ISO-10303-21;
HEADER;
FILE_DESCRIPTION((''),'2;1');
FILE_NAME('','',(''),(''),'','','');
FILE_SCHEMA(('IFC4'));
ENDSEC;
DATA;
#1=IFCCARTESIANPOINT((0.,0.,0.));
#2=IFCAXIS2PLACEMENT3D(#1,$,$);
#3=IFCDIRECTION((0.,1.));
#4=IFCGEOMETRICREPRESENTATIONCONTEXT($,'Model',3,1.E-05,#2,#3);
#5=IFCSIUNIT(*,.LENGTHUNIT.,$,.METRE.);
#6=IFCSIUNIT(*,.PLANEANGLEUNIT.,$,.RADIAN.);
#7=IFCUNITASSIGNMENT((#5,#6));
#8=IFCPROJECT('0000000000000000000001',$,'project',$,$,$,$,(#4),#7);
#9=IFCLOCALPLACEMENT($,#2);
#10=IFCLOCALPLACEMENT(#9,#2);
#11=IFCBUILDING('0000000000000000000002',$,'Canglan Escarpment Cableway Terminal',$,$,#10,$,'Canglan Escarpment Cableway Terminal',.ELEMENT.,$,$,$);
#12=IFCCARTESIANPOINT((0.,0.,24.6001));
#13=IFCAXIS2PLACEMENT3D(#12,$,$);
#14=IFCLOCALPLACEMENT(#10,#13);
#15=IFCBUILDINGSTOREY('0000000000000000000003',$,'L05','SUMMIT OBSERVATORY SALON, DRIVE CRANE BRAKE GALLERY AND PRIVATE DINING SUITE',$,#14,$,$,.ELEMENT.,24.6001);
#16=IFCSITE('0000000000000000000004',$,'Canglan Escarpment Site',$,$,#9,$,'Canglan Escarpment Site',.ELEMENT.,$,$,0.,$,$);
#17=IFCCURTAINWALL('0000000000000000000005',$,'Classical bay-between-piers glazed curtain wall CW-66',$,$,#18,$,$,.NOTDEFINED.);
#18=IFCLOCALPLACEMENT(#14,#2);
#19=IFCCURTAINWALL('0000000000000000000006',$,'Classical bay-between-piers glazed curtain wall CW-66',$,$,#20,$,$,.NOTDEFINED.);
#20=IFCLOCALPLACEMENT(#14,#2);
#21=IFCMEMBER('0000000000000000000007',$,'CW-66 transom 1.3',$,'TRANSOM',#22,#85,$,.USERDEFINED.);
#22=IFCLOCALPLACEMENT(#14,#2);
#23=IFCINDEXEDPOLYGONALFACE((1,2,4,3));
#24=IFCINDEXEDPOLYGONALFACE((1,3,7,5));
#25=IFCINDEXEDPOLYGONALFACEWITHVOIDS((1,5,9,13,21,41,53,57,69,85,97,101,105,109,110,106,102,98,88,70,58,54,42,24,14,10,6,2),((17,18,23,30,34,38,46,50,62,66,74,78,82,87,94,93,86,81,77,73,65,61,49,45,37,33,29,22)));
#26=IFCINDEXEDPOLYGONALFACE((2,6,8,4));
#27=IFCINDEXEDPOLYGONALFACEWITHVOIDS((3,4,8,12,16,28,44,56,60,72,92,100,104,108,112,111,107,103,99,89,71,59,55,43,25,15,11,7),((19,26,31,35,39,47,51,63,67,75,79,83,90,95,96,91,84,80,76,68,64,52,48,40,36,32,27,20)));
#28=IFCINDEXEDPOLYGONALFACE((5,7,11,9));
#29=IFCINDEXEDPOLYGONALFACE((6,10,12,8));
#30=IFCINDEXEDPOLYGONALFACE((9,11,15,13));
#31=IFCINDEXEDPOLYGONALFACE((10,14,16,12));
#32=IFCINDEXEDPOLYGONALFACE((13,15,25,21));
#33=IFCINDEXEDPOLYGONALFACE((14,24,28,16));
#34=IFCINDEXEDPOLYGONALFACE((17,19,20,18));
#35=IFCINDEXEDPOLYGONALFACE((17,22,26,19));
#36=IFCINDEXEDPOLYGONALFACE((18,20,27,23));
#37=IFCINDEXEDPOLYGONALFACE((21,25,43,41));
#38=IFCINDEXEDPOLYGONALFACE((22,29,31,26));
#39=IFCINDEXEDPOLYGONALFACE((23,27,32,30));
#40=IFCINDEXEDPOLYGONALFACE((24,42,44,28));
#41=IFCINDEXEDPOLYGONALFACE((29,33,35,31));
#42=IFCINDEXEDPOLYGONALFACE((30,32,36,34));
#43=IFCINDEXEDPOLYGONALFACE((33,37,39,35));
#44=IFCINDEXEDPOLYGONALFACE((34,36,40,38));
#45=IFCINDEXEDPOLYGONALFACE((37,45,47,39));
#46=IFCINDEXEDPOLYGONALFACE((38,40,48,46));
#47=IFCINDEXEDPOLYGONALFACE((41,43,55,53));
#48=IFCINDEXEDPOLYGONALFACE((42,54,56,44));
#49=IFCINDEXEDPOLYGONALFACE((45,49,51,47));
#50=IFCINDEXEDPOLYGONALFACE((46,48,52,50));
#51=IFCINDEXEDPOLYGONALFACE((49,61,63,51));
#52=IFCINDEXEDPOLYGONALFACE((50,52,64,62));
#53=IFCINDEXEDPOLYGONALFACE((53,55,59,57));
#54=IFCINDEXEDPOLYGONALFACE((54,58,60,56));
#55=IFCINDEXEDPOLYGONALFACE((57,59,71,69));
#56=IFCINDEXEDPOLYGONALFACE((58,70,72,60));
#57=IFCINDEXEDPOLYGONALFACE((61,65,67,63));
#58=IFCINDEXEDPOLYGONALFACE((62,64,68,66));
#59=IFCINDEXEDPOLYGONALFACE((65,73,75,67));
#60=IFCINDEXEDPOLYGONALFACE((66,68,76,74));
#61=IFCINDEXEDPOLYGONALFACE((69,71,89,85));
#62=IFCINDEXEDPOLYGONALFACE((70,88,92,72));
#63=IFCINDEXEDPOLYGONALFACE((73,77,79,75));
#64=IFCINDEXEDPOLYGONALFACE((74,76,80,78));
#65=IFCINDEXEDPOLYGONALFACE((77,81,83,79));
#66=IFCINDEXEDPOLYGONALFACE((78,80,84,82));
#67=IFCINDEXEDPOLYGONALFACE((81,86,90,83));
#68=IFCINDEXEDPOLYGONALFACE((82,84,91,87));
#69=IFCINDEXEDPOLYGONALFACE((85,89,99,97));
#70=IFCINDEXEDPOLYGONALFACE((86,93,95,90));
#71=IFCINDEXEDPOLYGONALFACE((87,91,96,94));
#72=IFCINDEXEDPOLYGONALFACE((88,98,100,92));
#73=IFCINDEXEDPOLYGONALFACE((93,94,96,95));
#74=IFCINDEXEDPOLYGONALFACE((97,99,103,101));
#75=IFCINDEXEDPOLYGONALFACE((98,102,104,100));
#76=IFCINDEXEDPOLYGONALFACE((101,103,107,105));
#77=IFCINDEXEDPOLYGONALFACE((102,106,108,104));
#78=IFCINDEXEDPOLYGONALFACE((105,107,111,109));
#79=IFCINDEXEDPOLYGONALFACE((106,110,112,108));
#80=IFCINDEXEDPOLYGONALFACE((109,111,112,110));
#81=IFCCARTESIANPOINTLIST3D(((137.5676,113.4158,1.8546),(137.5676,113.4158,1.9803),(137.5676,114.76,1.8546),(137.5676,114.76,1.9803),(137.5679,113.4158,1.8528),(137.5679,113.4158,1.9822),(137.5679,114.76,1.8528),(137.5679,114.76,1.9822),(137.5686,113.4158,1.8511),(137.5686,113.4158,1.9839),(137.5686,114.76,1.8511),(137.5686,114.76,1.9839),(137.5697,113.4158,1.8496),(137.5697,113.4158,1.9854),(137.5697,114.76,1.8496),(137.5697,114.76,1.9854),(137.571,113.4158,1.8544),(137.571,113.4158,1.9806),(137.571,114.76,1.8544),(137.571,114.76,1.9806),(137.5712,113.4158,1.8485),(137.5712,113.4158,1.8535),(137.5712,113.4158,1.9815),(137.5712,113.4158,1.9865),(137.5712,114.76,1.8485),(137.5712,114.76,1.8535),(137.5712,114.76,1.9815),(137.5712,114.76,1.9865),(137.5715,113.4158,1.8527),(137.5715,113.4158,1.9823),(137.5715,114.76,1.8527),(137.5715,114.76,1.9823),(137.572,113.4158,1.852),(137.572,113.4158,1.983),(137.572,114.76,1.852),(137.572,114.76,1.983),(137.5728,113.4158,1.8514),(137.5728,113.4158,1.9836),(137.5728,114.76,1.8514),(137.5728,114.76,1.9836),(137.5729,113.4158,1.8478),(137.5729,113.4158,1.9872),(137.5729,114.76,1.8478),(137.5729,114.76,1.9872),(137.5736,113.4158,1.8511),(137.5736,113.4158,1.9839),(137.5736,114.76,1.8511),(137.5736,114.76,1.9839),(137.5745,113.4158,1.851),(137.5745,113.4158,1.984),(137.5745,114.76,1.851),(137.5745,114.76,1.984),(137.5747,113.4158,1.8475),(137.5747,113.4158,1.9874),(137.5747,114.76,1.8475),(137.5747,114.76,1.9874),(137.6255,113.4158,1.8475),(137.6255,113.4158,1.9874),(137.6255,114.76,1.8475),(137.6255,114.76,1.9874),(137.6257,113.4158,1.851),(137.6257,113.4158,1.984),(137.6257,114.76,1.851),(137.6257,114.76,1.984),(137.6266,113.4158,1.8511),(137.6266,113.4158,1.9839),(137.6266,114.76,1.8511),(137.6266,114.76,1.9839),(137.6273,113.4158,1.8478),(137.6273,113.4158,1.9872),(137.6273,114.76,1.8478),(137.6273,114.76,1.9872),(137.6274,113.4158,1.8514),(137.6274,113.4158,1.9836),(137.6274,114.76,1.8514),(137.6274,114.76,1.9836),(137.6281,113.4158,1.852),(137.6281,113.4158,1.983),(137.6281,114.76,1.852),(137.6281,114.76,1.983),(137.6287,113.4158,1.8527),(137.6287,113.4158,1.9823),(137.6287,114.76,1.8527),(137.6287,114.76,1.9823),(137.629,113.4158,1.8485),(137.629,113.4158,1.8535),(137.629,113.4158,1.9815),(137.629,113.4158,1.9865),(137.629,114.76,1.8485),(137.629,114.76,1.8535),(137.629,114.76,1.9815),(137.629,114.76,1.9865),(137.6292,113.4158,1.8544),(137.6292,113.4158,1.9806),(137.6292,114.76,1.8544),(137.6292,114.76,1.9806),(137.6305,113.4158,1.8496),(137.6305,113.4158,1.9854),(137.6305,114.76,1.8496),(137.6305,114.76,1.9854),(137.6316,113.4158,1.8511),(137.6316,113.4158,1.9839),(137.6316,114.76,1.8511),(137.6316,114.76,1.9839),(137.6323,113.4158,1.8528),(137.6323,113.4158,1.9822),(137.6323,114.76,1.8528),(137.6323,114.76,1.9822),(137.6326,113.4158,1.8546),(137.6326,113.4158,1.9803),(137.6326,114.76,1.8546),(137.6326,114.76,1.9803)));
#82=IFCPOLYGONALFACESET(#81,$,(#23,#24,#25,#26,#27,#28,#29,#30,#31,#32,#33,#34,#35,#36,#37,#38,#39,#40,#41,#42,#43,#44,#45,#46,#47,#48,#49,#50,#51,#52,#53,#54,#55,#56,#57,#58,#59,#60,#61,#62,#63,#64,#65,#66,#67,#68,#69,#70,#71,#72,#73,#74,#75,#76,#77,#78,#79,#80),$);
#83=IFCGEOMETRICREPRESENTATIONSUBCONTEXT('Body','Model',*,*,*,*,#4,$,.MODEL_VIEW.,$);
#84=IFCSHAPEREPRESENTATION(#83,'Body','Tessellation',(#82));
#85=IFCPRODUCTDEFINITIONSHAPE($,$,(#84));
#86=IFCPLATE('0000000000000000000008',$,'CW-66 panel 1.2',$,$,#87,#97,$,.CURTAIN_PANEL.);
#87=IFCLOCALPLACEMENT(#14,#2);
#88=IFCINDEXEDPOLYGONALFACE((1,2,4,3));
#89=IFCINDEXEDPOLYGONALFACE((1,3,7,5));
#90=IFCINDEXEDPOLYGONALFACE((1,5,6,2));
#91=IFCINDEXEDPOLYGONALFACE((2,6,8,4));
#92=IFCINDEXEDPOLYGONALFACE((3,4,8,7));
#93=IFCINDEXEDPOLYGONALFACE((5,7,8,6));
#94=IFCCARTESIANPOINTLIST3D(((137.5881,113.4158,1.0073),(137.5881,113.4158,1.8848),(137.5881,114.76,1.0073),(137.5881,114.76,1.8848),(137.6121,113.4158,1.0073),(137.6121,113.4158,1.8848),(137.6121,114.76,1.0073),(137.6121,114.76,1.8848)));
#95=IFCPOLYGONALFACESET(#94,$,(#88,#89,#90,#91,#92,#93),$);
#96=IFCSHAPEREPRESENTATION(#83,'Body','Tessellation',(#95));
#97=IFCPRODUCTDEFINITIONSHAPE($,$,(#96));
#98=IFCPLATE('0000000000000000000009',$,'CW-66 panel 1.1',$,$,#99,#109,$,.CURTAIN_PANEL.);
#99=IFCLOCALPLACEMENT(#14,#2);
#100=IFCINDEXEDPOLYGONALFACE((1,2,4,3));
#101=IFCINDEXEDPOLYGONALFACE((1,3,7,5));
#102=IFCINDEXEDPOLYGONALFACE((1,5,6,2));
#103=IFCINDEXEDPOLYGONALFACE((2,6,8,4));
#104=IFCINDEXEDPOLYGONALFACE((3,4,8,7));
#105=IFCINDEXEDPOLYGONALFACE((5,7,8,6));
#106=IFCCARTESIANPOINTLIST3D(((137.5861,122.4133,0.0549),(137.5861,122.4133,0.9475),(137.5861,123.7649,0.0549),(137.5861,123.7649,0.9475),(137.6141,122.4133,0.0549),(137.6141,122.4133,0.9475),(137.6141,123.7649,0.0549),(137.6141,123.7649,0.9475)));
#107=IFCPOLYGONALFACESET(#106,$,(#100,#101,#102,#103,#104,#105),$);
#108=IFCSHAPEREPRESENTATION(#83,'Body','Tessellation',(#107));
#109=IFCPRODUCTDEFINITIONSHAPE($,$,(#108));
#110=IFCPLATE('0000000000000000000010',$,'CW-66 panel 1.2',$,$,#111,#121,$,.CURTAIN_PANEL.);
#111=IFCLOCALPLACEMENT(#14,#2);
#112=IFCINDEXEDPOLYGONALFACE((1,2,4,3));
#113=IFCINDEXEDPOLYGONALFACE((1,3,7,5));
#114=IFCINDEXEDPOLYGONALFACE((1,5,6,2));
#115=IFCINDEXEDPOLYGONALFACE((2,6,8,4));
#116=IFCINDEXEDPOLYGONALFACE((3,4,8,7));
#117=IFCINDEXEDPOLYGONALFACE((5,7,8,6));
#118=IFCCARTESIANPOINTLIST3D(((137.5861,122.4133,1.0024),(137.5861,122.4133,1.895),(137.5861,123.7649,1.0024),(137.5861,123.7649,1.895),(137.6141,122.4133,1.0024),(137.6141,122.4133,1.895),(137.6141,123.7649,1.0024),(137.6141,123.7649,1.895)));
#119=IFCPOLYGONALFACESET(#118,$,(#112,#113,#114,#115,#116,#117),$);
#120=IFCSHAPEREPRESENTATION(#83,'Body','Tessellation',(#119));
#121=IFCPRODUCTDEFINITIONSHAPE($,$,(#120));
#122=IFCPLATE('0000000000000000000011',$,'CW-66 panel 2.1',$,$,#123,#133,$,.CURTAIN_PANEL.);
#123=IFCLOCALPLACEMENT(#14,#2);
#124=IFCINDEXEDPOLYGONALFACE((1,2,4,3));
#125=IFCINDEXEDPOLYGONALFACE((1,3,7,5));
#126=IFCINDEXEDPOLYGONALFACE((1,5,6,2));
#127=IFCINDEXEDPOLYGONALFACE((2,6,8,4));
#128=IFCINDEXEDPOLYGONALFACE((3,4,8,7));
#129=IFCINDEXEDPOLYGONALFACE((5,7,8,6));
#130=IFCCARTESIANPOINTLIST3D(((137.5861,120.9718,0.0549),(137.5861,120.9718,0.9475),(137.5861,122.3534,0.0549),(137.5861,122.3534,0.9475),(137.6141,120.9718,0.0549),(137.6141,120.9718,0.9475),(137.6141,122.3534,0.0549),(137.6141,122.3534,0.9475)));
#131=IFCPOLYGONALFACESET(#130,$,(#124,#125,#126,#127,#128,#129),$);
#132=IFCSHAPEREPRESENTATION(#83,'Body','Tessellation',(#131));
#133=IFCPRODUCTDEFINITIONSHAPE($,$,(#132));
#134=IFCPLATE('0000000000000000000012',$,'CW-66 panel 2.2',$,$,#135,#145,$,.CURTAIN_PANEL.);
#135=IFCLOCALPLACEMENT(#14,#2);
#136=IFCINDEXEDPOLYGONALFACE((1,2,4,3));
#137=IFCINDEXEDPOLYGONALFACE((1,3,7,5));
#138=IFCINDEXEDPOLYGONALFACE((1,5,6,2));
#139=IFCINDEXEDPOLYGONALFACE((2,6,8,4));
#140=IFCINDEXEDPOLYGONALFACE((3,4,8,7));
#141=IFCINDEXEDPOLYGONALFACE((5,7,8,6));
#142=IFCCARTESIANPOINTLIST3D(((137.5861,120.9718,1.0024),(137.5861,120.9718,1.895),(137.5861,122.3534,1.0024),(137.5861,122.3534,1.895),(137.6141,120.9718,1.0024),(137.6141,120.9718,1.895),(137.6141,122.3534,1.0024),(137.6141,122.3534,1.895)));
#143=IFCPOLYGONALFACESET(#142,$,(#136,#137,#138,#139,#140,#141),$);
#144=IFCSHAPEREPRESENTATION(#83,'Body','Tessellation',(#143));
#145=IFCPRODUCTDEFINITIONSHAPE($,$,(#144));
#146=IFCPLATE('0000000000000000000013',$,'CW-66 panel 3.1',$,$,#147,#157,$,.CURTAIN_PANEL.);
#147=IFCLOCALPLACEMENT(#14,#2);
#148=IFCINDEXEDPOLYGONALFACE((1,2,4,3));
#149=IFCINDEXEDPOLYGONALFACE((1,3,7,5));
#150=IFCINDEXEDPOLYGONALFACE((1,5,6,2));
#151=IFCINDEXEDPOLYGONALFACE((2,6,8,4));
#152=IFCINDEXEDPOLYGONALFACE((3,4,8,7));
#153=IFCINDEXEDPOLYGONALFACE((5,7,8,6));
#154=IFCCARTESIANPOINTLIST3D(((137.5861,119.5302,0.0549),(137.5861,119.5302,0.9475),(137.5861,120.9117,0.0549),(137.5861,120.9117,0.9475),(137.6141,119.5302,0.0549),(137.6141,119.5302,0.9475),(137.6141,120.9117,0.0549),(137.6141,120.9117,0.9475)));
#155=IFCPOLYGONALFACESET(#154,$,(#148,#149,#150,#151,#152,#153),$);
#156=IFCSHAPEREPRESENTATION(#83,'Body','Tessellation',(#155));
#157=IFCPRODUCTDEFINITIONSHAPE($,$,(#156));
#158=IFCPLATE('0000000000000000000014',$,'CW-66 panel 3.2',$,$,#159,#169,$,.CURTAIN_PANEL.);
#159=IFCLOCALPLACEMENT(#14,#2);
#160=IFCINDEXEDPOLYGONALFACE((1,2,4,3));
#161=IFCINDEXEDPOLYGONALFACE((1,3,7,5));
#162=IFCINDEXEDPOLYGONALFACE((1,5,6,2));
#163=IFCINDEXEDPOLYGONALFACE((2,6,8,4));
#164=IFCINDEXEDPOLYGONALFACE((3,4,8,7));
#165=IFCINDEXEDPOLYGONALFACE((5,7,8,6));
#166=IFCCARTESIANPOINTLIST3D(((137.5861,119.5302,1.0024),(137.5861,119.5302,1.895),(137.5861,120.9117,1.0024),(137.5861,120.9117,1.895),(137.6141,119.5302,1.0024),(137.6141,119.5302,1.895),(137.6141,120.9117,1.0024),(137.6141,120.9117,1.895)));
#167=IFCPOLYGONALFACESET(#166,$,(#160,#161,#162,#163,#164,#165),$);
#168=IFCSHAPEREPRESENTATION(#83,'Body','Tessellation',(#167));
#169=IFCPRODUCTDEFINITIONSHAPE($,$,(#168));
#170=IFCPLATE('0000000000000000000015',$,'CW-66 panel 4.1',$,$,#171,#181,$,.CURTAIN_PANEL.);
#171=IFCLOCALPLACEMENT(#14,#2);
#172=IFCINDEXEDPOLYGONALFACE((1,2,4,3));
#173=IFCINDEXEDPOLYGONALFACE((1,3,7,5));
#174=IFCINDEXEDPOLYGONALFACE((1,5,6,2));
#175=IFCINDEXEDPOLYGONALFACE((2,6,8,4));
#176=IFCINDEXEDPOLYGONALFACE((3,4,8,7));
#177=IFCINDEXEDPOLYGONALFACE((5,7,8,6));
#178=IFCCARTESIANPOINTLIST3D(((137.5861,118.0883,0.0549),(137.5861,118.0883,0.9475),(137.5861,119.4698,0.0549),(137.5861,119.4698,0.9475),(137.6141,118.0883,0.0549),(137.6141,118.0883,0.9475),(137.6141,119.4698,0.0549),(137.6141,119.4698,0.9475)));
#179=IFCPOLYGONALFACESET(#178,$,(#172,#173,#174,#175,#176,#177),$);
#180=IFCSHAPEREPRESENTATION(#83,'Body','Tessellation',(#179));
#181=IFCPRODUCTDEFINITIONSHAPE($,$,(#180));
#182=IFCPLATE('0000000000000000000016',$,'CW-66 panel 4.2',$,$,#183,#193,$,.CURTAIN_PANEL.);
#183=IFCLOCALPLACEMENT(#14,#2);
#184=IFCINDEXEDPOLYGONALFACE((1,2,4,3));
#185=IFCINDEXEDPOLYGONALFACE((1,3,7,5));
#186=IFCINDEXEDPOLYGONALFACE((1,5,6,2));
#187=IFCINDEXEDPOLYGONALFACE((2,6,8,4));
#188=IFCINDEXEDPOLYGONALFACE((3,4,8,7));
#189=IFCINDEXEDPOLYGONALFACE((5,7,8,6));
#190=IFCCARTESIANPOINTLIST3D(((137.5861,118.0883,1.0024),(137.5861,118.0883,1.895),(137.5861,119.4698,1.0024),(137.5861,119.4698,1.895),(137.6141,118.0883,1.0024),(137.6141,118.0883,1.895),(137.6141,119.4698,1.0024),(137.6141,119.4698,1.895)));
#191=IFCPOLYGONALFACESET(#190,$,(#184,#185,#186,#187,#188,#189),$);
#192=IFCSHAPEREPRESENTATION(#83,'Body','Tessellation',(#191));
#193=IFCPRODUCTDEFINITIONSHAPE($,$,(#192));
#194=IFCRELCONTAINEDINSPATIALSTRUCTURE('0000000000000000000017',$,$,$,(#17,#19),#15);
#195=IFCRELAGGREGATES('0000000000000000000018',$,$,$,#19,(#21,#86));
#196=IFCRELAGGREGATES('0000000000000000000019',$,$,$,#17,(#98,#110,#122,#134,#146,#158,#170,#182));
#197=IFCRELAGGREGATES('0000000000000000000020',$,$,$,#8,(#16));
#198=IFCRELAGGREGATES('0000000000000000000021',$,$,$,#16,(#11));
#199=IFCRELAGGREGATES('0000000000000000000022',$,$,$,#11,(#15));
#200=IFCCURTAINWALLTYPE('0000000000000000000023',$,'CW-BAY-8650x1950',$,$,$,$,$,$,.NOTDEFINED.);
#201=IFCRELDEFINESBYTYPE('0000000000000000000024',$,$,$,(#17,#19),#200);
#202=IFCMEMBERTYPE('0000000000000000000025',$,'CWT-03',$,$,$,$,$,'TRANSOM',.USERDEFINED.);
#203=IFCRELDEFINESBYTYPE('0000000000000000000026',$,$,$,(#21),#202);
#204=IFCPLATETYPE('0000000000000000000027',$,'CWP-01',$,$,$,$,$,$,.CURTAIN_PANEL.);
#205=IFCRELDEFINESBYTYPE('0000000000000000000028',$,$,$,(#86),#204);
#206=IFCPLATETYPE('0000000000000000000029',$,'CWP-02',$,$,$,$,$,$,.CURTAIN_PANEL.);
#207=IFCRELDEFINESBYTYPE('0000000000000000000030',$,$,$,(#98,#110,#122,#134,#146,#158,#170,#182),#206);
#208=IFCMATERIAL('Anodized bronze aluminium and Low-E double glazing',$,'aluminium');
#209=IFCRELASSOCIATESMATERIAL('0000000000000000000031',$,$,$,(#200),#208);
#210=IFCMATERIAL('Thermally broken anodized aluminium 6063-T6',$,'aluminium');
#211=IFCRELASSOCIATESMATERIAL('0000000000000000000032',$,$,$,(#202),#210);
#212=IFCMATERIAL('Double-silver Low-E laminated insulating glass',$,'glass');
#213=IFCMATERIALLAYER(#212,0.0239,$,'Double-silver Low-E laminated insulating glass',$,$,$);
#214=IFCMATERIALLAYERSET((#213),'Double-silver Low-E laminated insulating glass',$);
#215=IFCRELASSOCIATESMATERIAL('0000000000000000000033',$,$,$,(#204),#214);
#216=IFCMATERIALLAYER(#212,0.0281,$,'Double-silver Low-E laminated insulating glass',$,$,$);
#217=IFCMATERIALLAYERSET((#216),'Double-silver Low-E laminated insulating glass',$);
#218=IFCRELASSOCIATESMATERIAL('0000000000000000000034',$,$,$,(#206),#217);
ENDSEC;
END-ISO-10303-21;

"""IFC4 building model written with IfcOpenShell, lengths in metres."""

from ifc_helpers import new_model, si_unit, direction, frame, origin, origin_2d, place, context, subcontext, project, spatial, rectangle, hollow_rectangle, extrude, material, layer, layer_set, material_profile, profile_set, type_object, element, aggregate, save


model = new_model("IFC4")

# Units and contexts
model_context = context("Model", 3, precision=1e-05, world=origin(), true_north=direction((0.0, 1.0)))
body_context = subcontext(model_context, "Body", "Model", "MODEL_VIEW")
ifc_project = project(units=[si_unit("LENGTHUNIT", "METRE"), si_unit("PLANEANGLEUNIT", "RADIAN")], contexts=[model_context])

# Site, building, storey
site_placement = place(None, origin())
site = spatial("IfcSite", under=ifc_project, at=site_placement, Name="Canglan Escarpment Site", LongName="Canglan Escarpment Site", CompositionType="ELEMENT", RefElevation=0.0)
building_placement = place(site_placement, origin())
building = spatial("IfcBuilding", under=site, at=building_placement, Name="Canglan Escarpment Cableway Terminal", LongName="Canglan Escarpment Cableway Terminal", CompositionType="ELEMENT")
storey_placement = place(building_placement, frame((0.0, 0.0, 24.6001)))
storey = spatial("IfcBuildingStorey", under=building, at=storey_placement, Name="L05", Description="SUMMIT OBSERVATORY SALON, DRIVE CRANE BRAKE GALLERY AND PRIVATE DINING SUITE", CompositionType="ELEMENT", Elevation=24.6001)

# Curtain wall
ifc_material_1 = material(Name="Anodized bronze aluminium and Low-E double glazing", Category="aluminium")
curtain_wall_type = type_object("IfcCurtainWallType", Name="CW-BAY-8650x1950", PredefinedType="NOTDEFINED", material=ifc_material_1)
curtain_wall_1_placement = place(storey_placement, origin())
curtain_wall_1 = element("IfcCurtainWall", 1, at=curtain_wall_1_placement, inside=storey, type_object=curtain_wall_type, Name="Classical bay-between-piers glazed curtain wall CW-66", PredefinedType="NOTDEFINED")
ifc_material_2 = material(Name="Thermally broken anodized aluminium 6063-T6", Category="aluminium")

# Curtain wall
curtain_wall_2_placement = place(storey_placement, origin())
curtain_wall_2 = element("IfcCurtainWall", 2, at=curtain_wall_2_placement, inside=storey, type_object=curtain_wall_type, Name="Classical bay-between-piers glazed curtain wall CW-66", PredefinedType="NOTDEFINED")

# Member
ifc_material_profile_1 = material_profile(ifc_material_2, hollow_rectangle(XDim=0.0649, YDim=0.1399, WallThickness=0.0034, InnerFilletRadius=0.0034, OuterFilletRadius=0.0071, at=origin_2d()), Name="ALU-TRAN 65x140x3.5")
ifc_profile_set_1 = profile_set([ifc_material_profile_1], Name="Thermally broken anodized aluminium 6063-T6")
member_type_1 = type_object("IfcMemberType", Name="CWT-03", ElementType="TRANSOM", PredefinedType="USERDEFINED", material=ifc_profile_set_1)
member_1_placement = place(storey_placement, frame((137.6001, 114.76, 1.9175), z_axis=(0.0, -1.0, 0.0), x_axis=(1.0, 0.0, 0.0)))
member_1 = element("IfcMember", 3, at=member_1_placement, type_object=member_type_1, Name="CW-66 transom 1.3", ObjectType="TRANSOM", PredefinedType="USERDEFINED", context=body_context, shape_type="SweptSolid", body=[
    extrude(hollow_rectangle(XDim=0.0649, YDim=0.1399, WallThickness=0.0034, InnerFilletRadius=0.0034, OuterFilletRadius=0.0071, at=origin_2d()), origin(), (0.0, 0.0, 1.0), 1.3442),
])

# Plates
ifc_material_3 = material(Name="Double-silver Low-E laminated insulating glass", Category="glass")
ifc_layer_1 = layer(ifc_material_3, 0.0239, Name="Double-silver Low-E laminated insulating glass")
ifc_layer_set_1 = layer_set([ifc_layer_1], Name="Double-silver Low-E laminated insulating glass")
plate_type_1 = type_object("IfcPlateType", Name="CWP-01", PredefinedType="CURTAIN_PANEL", material=ifc_layer_set_1)
plate_1_placement = place(storey_placement, frame((137.6001, 114.0879, 1.0073), z_axis=(0.0, 0.0, 1.0), x_axis=(0.0, -1.0, 0.0)))
plate_1 = element("IfcPlate", 4, at=plate_1_placement, type_object=plate_type_1, Name="CW-66 panel 1.2", PredefinedType="CURTAIN_PANEL", context=body_context, shape_type="SweptSolid", body=[
    extrude(rectangle(XDim=1.3442, YDim=0.0239, at=origin_2d()), origin(), (0.0, 0.0, 1.0), 0.8774),
])
aggregate(curtain_wall_2, [member_1, plate_1])
ifc_layer_2 = layer(ifc_material_3, 0.0281, Name="Double-silver Low-E laminated insulating glass")
ifc_layer_set_2 = layer_set([ifc_layer_2], Name="Double-silver Low-E laminated insulating glass")
plate_type_2 = type_object("IfcPlateType", Name="CWP-02", PredefinedType="CURTAIN_PANEL", material=ifc_layer_set_2)
plate_2_placement = place(storey_placement, frame((137.6001, 123.0891, 0.0549), z_axis=(0.0, 0.0, 1.0), x_axis=(0.0, -1.0, 0.0)))
plate_2 = element("IfcPlate", 5, at=plate_2_placement, type_object=plate_type_2, Name="CW-66 panel 1.1", PredefinedType="CURTAIN_PANEL", context=body_context, shape_type="SweptSolid", body=[
    extrude(rectangle(XDim=1.3516, YDim=0.0281, at=origin_2d()), origin(), (0.0, 0.0, 1.0), 0.8926),
])
plate_3_placement = place(storey_placement, frame((137.6001, 123.0891, 1.0024), z_axis=(0.0, 0.0, 1.0), x_axis=(0.0, -1.0, 0.0)))
plate_3 = element("IfcPlate", 6, at=plate_3_placement, type_object=plate_type_2, Name="CW-66 panel 1.2", PredefinedType="CURTAIN_PANEL", context=body_context, shape_type="SweptSolid", body=[
    extrude(rectangle(XDim=1.3516, YDim=0.0281, at=origin_2d()), origin(), (0.0, 0.0, 1.0), 0.8926),
])
plate_4_placement = place(storey_placement, frame((137.6001, 121.6626, 0.0549), z_axis=(0.0, 0.0, 1.0), x_axis=(0.0, -1.0, 0.0)))
plate_4 = element("IfcPlate", 7, at=plate_4_placement, type_object=plate_type_2, Name="CW-66 panel 2.1", PredefinedType="CURTAIN_PANEL", context=body_context, shape_type="SweptSolid", body=[
    extrude(rectangle(XDim=1.3816, YDim=0.0281, at=origin_2d()), origin(), (0.0, 0.0, 1.0), 0.8926),
])
plate_5_placement = place(storey_placement, frame((137.6001, 121.6626, 1.0024), z_axis=(0.0, 0.0, 1.0), x_axis=(0.0, -1.0, 0.0)))
plate_5 = element("IfcPlate", 8, at=plate_5_placement, type_object=plate_type_2, Name="CW-66 panel 2.2", PredefinedType="CURTAIN_PANEL", context=body_context, shape_type="SweptSolid", body=[
    extrude(rectangle(XDim=1.3816, YDim=0.0281, at=origin_2d()), origin(), (0.0, 0.0, 1.0), 0.8926),
])
plate_6_placement = place(storey_placement, frame((137.6001, 120.2209, 0.0549), z_axis=(0.0, 0.0, 1.0), x_axis=(0.0, -1.0, 0.0)))
plate_6 = element("IfcPlate", 9, at=plate_6_placement, type_object=plate_type_2, Name="CW-66 panel 3.1", PredefinedType="CURTAIN_PANEL", context=body_context, shape_type="SweptSolid", body=[
    extrude(rectangle(XDim=1.3816, YDim=0.0281, at=origin_2d()), origin(), (0.0, 0.0, 1.0), 0.8926),
])
plate_7_placement = place(storey_placement, frame((137.6001, 120.2209, 1.0024), z_axis=(0.0, 0.0, 1.0), x_axis=(0.0, -1.0, 0.0)))
plate_7 = element("IfcPlate", 10, at=plate_7_placement, type_object=plate_type_2, Name="CW-66 panel 3.2", PredefinedType="CURTAIN_PANEL", context=body_context, shape_type="SweptSolid", body=[
    extrude(rectangle(XDim=1.3816, YDim=0.0281, at=origin_2d()), origin(), (0.0, 0.0, 1.0), 0.8926),
])
plate_8_placement = place(storey_placement, frame((137.6001, 118.7791, 0.0549), z_axis=(0.0, 0.0, 1.0), x_axis=(0.0, -1.0, 0.0)))
plate_8 = element("IfcPlate", 11, at=plate_8_placement, type_object=plate_type_2, Name="CW-66 panel 4.1", PredefinedType="CURTAIN_PANEL", context=body_context, shape_type="SweptSolid", body=[
    extrude(rectangle(XDim=1.3816, YDim=0.0281, at=origin_2d()), origin(), (0.0, 0.0, 1.0), 0.8926),
])
plate_9_placement = place(storey_placement, frame((137.6001, 118.7791, 1.0024), z_axis=(0.0, 0.0, 1.0), x_axis=(0.0, -1.0, 0.0)))
plate_9 = element("IfcPlate", 12, at=plate_9_placement, type_object=plate_type_2, Name="CW-66 panel 4.2", PredefinedType="CURTAIN_PANEL", context=body_context, shape_type="SweptSolid", body=[
    extrude(rectangle(XDim=1.3816, YDim=0.0281, at=origin_2d()), origin(), (0.0, 0.0, 1.0), 0.8926),
])
aggregate(curtain_wall_1, [plate_2, plate_3, plate_4, plate_5, plate_6, plate_7, plate_8, plate_9])

save(model, "model.ifc")
